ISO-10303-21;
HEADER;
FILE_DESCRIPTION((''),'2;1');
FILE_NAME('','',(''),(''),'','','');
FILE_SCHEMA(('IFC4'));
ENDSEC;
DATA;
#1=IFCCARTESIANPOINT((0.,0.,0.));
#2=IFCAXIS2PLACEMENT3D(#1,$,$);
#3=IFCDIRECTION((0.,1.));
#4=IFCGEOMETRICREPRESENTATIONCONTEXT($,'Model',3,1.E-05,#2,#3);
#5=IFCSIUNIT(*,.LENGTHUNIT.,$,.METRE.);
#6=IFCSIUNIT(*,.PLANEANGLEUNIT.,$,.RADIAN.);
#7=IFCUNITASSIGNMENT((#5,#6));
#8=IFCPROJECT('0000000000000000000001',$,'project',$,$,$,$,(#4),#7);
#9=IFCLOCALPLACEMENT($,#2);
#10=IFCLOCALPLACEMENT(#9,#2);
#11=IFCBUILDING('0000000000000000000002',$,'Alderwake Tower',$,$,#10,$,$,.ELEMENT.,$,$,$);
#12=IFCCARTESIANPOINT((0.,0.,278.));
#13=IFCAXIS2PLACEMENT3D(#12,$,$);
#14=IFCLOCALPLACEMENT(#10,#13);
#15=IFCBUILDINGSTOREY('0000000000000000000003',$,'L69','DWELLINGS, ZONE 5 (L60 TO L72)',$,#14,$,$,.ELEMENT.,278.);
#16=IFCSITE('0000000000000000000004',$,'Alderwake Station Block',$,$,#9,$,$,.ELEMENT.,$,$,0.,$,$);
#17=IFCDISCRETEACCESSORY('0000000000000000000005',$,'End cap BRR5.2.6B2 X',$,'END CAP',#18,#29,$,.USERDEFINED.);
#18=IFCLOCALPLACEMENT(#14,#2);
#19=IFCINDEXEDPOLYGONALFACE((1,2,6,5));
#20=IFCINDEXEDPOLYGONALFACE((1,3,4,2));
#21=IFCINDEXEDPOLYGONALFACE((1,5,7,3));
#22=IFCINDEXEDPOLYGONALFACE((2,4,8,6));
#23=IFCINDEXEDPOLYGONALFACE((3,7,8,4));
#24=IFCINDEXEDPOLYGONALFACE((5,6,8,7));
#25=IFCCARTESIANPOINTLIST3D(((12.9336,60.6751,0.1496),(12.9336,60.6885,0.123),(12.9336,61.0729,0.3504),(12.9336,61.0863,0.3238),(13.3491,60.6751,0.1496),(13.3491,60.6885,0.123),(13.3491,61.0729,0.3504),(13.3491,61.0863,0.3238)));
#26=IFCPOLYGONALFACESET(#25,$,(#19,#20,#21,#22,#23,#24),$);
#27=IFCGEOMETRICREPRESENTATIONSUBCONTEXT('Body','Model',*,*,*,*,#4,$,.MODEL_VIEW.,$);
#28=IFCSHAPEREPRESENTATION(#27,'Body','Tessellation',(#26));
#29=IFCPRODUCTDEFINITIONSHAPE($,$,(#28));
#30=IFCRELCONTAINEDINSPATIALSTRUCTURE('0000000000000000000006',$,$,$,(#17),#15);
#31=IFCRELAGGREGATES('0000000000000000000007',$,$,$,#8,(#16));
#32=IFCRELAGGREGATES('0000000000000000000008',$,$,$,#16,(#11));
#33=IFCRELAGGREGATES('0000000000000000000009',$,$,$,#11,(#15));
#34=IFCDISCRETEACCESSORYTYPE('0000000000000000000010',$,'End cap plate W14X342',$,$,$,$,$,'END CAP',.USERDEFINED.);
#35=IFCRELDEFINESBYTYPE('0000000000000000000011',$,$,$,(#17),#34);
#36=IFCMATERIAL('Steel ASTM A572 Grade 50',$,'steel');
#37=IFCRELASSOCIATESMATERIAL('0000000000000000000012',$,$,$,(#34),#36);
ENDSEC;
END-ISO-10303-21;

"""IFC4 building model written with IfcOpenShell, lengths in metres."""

from ifc_helpers import new_model, si_unit, direction, frame, origin, origin_2d, place, context, subcontext, project, spatial, rectangle, extrude, material, material_profile, profile_set, type_object, element, save


model = new_model("IFC4")

# Units and contexts
model_context = context("Model", 3, precision=1e-05, world=origin(), true_north=direction((0.0, 1.0)))
body_context = subcontext(model_context, "Body", "Model", "MODEL_VIEW")
ifc_project = project(units=[si_unit("LENGTHUNIT", "METRE"), si_unit("PLANEANGLEUNIT", "RADIAN")], contexts=[model_context])

# Site, building, storey
site_placement = place(None, origin())
site = spatial("IfcSite", under=ifc_project, at=site_placement, Name="Alderwake Station Block", CompositionType="ELEMENT", RefElevation=0.0)
building_placement = place(site_placement, origin())
building = spatial("IfcBuilding", under=site, at=building_placement, Name="Alderwake Tower", CompositionType="ELEMENT")
storey_placement = place(building_placement, frame((0.0, 0.0, 278.0)))
storey = spatial("IfcBuildingStorey", under=building, at=storey_placement, Name="L69", Description="DWELLINGS, ZONE 5 (L60 TO L72)", CompositionType="ELEMENT", Elevation=278.0)

# Discrete accessory
ifc_material_1 = material(Name="Steel ASTM A572 Grade 50", Category="steel")
ifc_material_profile_1 = material_profile(ifc_material_1, rectangle(XDim=0.4155, YDim=0.4456, at=origin_2d()), Name="W14X342 cap")
ifc_profile_set_1 = profile_set([ifc_material_profile_1], Name="Steel ASTM A572 Grade 50")
discrete_accessory_type = type_object("IfcDiscreteAccessoryType", Name="End cap plate W14X342", ElementType="END CAP", PredefinedType="USERDEFINED", material=ifc_profile_set_1)
for number, where, z_axis, x_axis, name in (
    (1, (13.1414, 60.874, 0.25), (0.0, 0.450487, -0.892783), (-1.0, 0.0, 0.0), "End cap BRR5.2.6B2 X"),
):
    element("IfcDiscreteAccessory", number, at=place(storey_placement, frame(where, z_axis=z_axis, x_axis=x_axis)), inside=storey, type_object=discrete_accessory_type, Name=name, ObjectType="END CAP", PredefinedType="USERDEFINED", context=body_context, shape_type="SweptSolid", body=[
        extrude(rectangle(XDim=0.4155, YDim=0.4456, at=origin_2d()), origin(), (0.0, 0.0, 1.0), 0.0298),
    ])

save(model, "model.ifc")
